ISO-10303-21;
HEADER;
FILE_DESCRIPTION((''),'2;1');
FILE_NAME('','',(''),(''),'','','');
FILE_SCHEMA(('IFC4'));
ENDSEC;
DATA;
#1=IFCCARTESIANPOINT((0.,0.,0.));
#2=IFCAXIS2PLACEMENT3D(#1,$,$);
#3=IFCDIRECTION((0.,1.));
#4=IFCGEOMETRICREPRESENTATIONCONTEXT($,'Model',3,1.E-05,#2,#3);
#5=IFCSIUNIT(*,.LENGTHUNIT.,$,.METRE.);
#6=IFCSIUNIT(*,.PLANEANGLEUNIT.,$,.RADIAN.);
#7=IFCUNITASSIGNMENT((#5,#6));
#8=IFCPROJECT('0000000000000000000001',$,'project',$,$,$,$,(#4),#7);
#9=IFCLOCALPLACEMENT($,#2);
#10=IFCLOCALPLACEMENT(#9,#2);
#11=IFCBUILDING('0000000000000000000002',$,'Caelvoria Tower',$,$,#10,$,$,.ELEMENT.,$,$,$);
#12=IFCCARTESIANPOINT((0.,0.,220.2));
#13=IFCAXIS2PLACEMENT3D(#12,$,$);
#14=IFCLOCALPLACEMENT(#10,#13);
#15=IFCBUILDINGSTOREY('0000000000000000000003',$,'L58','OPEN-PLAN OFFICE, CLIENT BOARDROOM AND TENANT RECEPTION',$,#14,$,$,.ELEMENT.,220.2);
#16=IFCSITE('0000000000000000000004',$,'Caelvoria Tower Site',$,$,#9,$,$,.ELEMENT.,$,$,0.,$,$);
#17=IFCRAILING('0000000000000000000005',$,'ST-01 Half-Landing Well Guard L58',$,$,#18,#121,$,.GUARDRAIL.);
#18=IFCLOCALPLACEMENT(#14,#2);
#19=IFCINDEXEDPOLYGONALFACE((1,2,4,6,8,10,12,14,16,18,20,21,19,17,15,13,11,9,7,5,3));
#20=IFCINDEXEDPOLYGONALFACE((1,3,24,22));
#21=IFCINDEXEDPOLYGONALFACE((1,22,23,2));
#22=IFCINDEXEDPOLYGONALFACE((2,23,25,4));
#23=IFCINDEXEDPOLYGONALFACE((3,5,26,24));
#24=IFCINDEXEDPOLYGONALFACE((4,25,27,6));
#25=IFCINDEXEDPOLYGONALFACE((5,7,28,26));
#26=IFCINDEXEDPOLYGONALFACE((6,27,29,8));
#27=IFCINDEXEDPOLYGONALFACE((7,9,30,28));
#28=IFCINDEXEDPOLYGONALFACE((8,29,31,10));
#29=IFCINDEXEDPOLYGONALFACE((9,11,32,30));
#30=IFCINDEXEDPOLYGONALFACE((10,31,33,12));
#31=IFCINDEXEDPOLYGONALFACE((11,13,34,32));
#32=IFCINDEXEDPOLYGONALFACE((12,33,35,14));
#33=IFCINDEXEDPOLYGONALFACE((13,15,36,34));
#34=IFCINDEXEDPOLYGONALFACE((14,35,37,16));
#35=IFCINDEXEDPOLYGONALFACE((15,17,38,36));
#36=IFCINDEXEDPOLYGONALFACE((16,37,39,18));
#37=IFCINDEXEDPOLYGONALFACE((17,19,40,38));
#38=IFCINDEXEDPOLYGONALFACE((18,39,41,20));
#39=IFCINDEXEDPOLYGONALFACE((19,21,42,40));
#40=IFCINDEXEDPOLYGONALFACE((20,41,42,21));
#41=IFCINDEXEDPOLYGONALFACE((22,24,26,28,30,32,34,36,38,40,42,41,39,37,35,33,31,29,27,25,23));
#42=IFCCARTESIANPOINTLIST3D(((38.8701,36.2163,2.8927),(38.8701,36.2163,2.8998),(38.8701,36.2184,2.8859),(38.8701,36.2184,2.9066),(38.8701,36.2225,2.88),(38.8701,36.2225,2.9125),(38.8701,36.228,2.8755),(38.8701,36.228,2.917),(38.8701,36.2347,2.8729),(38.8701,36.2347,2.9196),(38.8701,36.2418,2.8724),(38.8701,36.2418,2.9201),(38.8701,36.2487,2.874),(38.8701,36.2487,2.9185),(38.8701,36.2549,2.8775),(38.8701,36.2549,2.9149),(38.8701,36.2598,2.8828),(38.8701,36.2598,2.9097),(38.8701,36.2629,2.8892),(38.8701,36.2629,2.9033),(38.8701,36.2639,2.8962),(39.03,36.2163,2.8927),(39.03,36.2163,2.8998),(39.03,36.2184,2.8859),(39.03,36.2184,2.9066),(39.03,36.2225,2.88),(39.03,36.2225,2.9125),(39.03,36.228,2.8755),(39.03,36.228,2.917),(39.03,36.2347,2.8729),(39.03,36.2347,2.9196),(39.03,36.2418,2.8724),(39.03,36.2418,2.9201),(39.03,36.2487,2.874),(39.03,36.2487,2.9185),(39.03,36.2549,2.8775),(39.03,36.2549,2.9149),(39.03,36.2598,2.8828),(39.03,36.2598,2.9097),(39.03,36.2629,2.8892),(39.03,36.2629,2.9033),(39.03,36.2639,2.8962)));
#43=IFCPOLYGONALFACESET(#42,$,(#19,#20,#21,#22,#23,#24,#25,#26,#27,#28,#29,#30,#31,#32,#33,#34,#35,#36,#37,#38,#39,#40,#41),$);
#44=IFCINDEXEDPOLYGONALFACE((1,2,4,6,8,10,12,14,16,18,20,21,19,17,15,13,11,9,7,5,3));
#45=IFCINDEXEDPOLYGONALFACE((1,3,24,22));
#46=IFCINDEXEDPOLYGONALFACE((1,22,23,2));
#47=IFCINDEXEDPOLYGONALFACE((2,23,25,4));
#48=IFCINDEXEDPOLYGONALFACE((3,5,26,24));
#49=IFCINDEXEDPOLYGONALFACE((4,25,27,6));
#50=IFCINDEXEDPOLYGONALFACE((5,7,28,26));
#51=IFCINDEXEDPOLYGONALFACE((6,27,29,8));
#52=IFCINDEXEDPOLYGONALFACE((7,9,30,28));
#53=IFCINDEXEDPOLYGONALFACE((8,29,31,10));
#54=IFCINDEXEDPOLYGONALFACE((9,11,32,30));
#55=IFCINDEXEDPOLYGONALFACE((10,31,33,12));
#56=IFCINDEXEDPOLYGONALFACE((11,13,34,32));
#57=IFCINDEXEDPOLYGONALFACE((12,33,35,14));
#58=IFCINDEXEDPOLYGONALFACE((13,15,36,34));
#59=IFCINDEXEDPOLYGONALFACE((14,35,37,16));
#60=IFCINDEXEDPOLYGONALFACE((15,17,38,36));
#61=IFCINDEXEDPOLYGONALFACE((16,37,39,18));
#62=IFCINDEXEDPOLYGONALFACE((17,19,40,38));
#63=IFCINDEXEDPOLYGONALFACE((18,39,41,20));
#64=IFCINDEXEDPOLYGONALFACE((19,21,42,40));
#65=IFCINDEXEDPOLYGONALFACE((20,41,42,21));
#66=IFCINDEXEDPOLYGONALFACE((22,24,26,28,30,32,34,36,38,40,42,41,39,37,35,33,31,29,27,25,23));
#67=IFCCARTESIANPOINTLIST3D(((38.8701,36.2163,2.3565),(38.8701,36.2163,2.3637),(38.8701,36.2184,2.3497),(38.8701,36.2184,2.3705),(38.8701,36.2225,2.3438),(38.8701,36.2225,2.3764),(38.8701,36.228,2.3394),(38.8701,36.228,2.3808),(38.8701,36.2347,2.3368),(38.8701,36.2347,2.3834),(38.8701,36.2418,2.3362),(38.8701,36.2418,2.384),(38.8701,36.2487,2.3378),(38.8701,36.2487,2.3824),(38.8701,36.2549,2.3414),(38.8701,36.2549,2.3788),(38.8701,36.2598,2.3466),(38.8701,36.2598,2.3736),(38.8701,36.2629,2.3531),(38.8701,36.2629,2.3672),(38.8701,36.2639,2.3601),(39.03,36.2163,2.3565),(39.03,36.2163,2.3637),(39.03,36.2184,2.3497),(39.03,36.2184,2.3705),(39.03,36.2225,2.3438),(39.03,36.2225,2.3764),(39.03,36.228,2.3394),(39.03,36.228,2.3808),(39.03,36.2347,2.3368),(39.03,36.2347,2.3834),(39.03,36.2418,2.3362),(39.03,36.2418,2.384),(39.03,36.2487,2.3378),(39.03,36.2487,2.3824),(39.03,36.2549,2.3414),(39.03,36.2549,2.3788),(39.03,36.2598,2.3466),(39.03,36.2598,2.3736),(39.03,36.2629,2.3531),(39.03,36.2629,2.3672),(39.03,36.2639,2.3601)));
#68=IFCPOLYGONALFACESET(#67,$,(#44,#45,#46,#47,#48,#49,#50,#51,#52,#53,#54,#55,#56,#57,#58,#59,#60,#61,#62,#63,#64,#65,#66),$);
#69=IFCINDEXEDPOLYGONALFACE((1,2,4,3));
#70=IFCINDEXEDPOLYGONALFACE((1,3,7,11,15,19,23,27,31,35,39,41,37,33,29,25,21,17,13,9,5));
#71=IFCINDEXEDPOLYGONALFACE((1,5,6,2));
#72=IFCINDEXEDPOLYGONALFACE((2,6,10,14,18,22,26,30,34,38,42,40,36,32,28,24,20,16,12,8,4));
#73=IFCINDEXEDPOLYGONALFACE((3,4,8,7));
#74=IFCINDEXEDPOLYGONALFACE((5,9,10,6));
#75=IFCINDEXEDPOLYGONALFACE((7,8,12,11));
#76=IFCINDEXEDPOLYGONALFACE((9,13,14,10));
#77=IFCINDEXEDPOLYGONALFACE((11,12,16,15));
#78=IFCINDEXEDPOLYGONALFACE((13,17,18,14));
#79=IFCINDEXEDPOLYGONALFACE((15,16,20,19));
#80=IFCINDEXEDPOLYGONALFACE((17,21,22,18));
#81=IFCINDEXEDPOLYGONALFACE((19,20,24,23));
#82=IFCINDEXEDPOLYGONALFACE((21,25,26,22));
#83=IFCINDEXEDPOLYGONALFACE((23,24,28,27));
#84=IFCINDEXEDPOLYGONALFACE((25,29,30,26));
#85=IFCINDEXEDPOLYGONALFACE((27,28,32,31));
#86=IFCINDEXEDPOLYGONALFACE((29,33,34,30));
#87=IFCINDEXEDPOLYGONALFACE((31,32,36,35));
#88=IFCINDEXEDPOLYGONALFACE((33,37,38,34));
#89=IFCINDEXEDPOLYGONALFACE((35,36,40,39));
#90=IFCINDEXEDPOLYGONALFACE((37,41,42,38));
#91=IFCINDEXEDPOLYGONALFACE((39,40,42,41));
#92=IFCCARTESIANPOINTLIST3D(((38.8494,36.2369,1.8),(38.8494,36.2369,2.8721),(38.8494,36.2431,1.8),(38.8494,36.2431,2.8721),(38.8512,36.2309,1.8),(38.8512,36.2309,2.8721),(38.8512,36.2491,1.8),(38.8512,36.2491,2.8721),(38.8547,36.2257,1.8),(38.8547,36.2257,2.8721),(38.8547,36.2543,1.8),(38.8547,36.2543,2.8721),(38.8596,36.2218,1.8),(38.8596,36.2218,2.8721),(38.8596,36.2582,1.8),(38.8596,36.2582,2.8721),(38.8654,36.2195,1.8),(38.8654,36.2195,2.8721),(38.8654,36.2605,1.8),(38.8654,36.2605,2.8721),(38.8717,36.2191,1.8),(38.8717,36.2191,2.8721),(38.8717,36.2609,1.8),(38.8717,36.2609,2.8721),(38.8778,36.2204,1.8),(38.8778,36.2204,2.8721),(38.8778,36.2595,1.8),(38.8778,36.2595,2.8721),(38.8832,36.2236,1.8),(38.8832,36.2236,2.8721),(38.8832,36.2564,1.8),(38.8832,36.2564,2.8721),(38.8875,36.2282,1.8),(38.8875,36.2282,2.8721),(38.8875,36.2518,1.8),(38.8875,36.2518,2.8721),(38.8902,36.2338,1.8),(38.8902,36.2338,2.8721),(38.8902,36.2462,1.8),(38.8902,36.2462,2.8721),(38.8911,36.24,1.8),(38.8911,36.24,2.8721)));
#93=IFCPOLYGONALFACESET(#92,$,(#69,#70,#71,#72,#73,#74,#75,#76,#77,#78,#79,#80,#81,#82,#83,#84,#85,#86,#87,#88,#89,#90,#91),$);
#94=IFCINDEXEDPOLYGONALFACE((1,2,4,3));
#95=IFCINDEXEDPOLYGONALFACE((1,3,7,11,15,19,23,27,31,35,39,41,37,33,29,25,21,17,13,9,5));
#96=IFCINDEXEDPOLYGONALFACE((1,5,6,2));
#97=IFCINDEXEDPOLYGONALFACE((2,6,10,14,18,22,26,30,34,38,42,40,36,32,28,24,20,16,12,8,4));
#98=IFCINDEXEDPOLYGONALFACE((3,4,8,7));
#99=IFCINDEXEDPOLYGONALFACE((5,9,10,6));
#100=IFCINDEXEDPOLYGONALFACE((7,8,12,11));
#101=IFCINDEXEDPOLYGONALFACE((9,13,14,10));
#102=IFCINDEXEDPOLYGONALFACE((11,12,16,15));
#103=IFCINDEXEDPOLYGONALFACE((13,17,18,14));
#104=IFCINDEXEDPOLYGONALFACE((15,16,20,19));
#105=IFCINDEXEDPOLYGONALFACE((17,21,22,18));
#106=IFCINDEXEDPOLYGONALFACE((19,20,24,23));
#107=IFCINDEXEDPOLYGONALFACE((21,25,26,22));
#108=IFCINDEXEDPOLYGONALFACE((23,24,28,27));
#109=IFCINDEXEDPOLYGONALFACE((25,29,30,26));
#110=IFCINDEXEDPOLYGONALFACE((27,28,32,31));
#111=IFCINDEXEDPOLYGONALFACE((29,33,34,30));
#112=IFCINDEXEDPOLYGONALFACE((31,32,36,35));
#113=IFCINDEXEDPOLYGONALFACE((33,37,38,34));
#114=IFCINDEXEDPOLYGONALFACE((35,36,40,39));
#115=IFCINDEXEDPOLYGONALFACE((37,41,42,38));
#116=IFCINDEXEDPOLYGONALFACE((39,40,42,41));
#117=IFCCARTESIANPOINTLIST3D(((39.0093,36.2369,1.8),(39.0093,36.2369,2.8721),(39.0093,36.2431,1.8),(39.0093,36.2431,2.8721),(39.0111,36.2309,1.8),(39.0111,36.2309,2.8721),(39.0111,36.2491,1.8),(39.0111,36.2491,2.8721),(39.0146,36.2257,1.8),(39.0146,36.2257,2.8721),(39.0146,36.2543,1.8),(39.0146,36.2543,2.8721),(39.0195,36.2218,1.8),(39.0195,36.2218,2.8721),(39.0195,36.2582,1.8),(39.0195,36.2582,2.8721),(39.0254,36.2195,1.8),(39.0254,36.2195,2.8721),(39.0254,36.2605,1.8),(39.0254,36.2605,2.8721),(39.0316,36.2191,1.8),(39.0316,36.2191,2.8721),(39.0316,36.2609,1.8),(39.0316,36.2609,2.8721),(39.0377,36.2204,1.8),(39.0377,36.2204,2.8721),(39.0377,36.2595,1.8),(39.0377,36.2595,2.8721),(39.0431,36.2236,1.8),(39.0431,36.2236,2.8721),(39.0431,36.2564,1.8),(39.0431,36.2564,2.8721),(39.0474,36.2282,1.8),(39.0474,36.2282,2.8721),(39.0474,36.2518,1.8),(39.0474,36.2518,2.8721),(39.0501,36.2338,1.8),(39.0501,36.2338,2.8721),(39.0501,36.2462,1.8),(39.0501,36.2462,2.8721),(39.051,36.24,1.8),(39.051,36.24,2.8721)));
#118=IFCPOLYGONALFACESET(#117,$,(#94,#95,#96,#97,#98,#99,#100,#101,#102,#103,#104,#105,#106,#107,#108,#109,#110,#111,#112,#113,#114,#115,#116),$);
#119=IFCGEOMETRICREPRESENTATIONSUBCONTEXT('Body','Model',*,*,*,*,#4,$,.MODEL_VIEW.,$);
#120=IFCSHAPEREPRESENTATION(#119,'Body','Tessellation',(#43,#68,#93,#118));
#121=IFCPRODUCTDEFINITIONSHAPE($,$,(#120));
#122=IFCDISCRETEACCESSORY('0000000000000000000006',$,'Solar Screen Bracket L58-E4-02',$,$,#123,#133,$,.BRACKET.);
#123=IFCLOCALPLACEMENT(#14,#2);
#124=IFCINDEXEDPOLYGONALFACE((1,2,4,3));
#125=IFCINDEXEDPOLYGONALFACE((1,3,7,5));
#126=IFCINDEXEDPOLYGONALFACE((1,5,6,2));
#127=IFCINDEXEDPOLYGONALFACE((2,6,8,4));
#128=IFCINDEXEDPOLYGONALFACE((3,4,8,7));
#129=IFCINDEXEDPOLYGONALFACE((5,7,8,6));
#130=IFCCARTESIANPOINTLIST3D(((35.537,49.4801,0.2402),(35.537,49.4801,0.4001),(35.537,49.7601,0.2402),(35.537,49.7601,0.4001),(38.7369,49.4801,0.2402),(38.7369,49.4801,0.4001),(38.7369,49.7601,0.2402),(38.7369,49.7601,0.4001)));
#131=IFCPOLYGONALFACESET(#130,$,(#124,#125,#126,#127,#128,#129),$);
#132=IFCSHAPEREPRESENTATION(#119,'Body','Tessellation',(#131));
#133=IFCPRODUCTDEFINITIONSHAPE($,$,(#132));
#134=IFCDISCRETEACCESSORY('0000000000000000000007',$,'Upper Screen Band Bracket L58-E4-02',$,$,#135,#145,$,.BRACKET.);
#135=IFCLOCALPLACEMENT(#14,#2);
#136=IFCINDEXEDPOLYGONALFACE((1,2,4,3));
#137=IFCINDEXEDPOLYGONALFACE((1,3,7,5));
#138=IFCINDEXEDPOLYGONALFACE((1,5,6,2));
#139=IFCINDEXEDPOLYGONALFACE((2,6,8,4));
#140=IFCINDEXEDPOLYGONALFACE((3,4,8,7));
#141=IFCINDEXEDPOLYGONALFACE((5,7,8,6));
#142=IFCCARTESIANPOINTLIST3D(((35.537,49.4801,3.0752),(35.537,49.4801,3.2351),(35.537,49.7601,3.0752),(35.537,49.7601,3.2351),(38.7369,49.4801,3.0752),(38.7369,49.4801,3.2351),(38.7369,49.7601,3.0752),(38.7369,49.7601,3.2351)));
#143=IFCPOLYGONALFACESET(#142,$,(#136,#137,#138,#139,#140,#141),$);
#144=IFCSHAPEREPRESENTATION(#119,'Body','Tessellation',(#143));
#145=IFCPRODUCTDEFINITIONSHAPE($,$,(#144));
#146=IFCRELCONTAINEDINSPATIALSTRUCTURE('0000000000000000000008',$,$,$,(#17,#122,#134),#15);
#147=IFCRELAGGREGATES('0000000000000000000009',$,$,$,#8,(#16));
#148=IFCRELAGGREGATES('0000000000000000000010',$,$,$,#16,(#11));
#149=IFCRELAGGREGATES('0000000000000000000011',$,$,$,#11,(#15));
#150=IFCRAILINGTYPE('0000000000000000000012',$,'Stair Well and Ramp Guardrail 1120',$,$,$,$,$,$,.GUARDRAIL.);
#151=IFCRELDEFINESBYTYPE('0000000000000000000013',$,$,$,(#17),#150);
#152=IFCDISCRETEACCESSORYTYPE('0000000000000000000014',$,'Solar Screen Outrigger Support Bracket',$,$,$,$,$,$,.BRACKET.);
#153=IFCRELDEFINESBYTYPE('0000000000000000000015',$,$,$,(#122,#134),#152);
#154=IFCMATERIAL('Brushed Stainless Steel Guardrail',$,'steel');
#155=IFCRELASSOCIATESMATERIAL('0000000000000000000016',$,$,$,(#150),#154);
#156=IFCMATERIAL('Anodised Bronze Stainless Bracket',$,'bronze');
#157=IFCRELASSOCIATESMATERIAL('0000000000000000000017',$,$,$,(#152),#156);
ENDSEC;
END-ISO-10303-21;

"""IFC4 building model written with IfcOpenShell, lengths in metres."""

from ifc_helpers import new_model, si_unit, direction, frame, origin, origin_2d, place, context, subcontext, project, spatial, rectangle, circle, extrude, material, type_object, element, save


model = new_model("IFC4")

# Units and contexts
model_context = context("Model", 3, precision=1e-05, world=origin(), true_north=direction((0.0, 1.0)))
body_context = subcontext(model_context, "Body", "Model", "MODEL_VIEW")
ifc_project = project(units=[si_unit("LENGTHUNIT", "METRE"), si_unit("PLANEANGLEUNIT", "RADIAN")], contexts=[model_context])

# Site, building, storey
site_placement = place(None, origin())
site = spatial("IfcSite", under=ifc_project, at=site_placement, Name="Caelvoria Tower Site", CompositionType="ELEMENT", RefElevation=0.0)
building_placement = place(site_placement, origin())
building = spatial("IfcBuilding", under=site, at=building_placement, Name="Caelvoria Tower", CompositionType="ELEMENT")
storey_placement = place(building_placement, frame((0.0, 0.0, 220.2)))
storey = spatial("IfcBuildingStorey", under=building, at=storey_placement, Name="L58", Description="OPEN-PLAN OFFICE, CLIENT BOARDROOM AND TENANT RECEPTION", CompositionType="ELEMENT", Elevation=220.2)

# Railing
ifc_material_1 = material(Name="Brushed Stainless Steel Guardrail", Category="steel")
railing_type_1 = type_object("IfcRailingType", Name="Stair Well and Ramp Guardrail 1120", PredefinedType="GUARDRAIL", material=ifc_material_1)
railing_1_placement = place(storey_placement, frame((38.8701, 36.24, 1.8)))
element("IfcRailing", 1, at=railing_1_placement, inside=storey, type_object=railing_type_1, Name="ST-01 Half-Landing Well Guard L58", PredefinedType="GUARDRAIL", context=body_context, shape_type="SweptSolid", body=[
    extrude(circle(Radius=0.0239, at=origin_2d()), frame((0.0, 0.0, 1.0962), z_axis=(1.0, 0.0, 0.0), x_axis=(0.0, 1.0, 0.0)), (0.0, 0.0, 1.0), 0.1599),
    extrude(circle(Radius=0.0239, at=origin_2d()), frame((0.0, 0.0, 0.5601), z_axis=(1.0, 0.0, 0.0), x_axis=(0.0, 1.0, 0.0)), (0.0, 0.0, 1.0), 0.1599),
    extrude(circle(Radius=0.021, at=origin_2d()), origin(), (0.0, 0.0, 1.0), 1.072),
    extrude(circle(Radius=0.021, at=origin_2d()), frame((0.1599, 0.0, 0.0)), (0.0, 0.0, 1.0), 1.072),
])

# Discrete accessories
ifc_material_2 = material(Name="Anodised Bronze Stainless Bracket", Category="bronze")
discrete_accessory_type = type_object("IfcDiscreteAccessoryType", Name="Solar Screen Outrigger Support Bracket", PredefinedType="BRACKET", material=ifc_material_2)
for number, where, z_axis, x_axis, name in (
    (2, (37.137, 49.6201, 0.2402), (0.0, 0.0, 1.0), (-1.0, 0.0, 0.0), "Solar Screen Bracket L58-E4-02"),
    (3, (37.137, 49.6201, 3.0752), (0.0, 0.0, 1.0), (-1.0, 0.0, 0.0), "Upper Screen Band Bracket L58-E4-02"),
):
    element("IfcDiscreteAccessory", number, at=place(storey_placement, frame(where, z_axis=z_axis, x_axis=x_axis)), inside=storey, type_object=discrete_accessory_type, Name=name, PredefinedType="BRACKET", context=body_context, shape_type="SweptSolid", body=[
        extrude(rectangle(XDim=3.2, YDim=0.28, at=origin_2d()), origin(), (0.0, 0.0, 1.0), 0.1599),
    ])

save(model, "model.ifc")
